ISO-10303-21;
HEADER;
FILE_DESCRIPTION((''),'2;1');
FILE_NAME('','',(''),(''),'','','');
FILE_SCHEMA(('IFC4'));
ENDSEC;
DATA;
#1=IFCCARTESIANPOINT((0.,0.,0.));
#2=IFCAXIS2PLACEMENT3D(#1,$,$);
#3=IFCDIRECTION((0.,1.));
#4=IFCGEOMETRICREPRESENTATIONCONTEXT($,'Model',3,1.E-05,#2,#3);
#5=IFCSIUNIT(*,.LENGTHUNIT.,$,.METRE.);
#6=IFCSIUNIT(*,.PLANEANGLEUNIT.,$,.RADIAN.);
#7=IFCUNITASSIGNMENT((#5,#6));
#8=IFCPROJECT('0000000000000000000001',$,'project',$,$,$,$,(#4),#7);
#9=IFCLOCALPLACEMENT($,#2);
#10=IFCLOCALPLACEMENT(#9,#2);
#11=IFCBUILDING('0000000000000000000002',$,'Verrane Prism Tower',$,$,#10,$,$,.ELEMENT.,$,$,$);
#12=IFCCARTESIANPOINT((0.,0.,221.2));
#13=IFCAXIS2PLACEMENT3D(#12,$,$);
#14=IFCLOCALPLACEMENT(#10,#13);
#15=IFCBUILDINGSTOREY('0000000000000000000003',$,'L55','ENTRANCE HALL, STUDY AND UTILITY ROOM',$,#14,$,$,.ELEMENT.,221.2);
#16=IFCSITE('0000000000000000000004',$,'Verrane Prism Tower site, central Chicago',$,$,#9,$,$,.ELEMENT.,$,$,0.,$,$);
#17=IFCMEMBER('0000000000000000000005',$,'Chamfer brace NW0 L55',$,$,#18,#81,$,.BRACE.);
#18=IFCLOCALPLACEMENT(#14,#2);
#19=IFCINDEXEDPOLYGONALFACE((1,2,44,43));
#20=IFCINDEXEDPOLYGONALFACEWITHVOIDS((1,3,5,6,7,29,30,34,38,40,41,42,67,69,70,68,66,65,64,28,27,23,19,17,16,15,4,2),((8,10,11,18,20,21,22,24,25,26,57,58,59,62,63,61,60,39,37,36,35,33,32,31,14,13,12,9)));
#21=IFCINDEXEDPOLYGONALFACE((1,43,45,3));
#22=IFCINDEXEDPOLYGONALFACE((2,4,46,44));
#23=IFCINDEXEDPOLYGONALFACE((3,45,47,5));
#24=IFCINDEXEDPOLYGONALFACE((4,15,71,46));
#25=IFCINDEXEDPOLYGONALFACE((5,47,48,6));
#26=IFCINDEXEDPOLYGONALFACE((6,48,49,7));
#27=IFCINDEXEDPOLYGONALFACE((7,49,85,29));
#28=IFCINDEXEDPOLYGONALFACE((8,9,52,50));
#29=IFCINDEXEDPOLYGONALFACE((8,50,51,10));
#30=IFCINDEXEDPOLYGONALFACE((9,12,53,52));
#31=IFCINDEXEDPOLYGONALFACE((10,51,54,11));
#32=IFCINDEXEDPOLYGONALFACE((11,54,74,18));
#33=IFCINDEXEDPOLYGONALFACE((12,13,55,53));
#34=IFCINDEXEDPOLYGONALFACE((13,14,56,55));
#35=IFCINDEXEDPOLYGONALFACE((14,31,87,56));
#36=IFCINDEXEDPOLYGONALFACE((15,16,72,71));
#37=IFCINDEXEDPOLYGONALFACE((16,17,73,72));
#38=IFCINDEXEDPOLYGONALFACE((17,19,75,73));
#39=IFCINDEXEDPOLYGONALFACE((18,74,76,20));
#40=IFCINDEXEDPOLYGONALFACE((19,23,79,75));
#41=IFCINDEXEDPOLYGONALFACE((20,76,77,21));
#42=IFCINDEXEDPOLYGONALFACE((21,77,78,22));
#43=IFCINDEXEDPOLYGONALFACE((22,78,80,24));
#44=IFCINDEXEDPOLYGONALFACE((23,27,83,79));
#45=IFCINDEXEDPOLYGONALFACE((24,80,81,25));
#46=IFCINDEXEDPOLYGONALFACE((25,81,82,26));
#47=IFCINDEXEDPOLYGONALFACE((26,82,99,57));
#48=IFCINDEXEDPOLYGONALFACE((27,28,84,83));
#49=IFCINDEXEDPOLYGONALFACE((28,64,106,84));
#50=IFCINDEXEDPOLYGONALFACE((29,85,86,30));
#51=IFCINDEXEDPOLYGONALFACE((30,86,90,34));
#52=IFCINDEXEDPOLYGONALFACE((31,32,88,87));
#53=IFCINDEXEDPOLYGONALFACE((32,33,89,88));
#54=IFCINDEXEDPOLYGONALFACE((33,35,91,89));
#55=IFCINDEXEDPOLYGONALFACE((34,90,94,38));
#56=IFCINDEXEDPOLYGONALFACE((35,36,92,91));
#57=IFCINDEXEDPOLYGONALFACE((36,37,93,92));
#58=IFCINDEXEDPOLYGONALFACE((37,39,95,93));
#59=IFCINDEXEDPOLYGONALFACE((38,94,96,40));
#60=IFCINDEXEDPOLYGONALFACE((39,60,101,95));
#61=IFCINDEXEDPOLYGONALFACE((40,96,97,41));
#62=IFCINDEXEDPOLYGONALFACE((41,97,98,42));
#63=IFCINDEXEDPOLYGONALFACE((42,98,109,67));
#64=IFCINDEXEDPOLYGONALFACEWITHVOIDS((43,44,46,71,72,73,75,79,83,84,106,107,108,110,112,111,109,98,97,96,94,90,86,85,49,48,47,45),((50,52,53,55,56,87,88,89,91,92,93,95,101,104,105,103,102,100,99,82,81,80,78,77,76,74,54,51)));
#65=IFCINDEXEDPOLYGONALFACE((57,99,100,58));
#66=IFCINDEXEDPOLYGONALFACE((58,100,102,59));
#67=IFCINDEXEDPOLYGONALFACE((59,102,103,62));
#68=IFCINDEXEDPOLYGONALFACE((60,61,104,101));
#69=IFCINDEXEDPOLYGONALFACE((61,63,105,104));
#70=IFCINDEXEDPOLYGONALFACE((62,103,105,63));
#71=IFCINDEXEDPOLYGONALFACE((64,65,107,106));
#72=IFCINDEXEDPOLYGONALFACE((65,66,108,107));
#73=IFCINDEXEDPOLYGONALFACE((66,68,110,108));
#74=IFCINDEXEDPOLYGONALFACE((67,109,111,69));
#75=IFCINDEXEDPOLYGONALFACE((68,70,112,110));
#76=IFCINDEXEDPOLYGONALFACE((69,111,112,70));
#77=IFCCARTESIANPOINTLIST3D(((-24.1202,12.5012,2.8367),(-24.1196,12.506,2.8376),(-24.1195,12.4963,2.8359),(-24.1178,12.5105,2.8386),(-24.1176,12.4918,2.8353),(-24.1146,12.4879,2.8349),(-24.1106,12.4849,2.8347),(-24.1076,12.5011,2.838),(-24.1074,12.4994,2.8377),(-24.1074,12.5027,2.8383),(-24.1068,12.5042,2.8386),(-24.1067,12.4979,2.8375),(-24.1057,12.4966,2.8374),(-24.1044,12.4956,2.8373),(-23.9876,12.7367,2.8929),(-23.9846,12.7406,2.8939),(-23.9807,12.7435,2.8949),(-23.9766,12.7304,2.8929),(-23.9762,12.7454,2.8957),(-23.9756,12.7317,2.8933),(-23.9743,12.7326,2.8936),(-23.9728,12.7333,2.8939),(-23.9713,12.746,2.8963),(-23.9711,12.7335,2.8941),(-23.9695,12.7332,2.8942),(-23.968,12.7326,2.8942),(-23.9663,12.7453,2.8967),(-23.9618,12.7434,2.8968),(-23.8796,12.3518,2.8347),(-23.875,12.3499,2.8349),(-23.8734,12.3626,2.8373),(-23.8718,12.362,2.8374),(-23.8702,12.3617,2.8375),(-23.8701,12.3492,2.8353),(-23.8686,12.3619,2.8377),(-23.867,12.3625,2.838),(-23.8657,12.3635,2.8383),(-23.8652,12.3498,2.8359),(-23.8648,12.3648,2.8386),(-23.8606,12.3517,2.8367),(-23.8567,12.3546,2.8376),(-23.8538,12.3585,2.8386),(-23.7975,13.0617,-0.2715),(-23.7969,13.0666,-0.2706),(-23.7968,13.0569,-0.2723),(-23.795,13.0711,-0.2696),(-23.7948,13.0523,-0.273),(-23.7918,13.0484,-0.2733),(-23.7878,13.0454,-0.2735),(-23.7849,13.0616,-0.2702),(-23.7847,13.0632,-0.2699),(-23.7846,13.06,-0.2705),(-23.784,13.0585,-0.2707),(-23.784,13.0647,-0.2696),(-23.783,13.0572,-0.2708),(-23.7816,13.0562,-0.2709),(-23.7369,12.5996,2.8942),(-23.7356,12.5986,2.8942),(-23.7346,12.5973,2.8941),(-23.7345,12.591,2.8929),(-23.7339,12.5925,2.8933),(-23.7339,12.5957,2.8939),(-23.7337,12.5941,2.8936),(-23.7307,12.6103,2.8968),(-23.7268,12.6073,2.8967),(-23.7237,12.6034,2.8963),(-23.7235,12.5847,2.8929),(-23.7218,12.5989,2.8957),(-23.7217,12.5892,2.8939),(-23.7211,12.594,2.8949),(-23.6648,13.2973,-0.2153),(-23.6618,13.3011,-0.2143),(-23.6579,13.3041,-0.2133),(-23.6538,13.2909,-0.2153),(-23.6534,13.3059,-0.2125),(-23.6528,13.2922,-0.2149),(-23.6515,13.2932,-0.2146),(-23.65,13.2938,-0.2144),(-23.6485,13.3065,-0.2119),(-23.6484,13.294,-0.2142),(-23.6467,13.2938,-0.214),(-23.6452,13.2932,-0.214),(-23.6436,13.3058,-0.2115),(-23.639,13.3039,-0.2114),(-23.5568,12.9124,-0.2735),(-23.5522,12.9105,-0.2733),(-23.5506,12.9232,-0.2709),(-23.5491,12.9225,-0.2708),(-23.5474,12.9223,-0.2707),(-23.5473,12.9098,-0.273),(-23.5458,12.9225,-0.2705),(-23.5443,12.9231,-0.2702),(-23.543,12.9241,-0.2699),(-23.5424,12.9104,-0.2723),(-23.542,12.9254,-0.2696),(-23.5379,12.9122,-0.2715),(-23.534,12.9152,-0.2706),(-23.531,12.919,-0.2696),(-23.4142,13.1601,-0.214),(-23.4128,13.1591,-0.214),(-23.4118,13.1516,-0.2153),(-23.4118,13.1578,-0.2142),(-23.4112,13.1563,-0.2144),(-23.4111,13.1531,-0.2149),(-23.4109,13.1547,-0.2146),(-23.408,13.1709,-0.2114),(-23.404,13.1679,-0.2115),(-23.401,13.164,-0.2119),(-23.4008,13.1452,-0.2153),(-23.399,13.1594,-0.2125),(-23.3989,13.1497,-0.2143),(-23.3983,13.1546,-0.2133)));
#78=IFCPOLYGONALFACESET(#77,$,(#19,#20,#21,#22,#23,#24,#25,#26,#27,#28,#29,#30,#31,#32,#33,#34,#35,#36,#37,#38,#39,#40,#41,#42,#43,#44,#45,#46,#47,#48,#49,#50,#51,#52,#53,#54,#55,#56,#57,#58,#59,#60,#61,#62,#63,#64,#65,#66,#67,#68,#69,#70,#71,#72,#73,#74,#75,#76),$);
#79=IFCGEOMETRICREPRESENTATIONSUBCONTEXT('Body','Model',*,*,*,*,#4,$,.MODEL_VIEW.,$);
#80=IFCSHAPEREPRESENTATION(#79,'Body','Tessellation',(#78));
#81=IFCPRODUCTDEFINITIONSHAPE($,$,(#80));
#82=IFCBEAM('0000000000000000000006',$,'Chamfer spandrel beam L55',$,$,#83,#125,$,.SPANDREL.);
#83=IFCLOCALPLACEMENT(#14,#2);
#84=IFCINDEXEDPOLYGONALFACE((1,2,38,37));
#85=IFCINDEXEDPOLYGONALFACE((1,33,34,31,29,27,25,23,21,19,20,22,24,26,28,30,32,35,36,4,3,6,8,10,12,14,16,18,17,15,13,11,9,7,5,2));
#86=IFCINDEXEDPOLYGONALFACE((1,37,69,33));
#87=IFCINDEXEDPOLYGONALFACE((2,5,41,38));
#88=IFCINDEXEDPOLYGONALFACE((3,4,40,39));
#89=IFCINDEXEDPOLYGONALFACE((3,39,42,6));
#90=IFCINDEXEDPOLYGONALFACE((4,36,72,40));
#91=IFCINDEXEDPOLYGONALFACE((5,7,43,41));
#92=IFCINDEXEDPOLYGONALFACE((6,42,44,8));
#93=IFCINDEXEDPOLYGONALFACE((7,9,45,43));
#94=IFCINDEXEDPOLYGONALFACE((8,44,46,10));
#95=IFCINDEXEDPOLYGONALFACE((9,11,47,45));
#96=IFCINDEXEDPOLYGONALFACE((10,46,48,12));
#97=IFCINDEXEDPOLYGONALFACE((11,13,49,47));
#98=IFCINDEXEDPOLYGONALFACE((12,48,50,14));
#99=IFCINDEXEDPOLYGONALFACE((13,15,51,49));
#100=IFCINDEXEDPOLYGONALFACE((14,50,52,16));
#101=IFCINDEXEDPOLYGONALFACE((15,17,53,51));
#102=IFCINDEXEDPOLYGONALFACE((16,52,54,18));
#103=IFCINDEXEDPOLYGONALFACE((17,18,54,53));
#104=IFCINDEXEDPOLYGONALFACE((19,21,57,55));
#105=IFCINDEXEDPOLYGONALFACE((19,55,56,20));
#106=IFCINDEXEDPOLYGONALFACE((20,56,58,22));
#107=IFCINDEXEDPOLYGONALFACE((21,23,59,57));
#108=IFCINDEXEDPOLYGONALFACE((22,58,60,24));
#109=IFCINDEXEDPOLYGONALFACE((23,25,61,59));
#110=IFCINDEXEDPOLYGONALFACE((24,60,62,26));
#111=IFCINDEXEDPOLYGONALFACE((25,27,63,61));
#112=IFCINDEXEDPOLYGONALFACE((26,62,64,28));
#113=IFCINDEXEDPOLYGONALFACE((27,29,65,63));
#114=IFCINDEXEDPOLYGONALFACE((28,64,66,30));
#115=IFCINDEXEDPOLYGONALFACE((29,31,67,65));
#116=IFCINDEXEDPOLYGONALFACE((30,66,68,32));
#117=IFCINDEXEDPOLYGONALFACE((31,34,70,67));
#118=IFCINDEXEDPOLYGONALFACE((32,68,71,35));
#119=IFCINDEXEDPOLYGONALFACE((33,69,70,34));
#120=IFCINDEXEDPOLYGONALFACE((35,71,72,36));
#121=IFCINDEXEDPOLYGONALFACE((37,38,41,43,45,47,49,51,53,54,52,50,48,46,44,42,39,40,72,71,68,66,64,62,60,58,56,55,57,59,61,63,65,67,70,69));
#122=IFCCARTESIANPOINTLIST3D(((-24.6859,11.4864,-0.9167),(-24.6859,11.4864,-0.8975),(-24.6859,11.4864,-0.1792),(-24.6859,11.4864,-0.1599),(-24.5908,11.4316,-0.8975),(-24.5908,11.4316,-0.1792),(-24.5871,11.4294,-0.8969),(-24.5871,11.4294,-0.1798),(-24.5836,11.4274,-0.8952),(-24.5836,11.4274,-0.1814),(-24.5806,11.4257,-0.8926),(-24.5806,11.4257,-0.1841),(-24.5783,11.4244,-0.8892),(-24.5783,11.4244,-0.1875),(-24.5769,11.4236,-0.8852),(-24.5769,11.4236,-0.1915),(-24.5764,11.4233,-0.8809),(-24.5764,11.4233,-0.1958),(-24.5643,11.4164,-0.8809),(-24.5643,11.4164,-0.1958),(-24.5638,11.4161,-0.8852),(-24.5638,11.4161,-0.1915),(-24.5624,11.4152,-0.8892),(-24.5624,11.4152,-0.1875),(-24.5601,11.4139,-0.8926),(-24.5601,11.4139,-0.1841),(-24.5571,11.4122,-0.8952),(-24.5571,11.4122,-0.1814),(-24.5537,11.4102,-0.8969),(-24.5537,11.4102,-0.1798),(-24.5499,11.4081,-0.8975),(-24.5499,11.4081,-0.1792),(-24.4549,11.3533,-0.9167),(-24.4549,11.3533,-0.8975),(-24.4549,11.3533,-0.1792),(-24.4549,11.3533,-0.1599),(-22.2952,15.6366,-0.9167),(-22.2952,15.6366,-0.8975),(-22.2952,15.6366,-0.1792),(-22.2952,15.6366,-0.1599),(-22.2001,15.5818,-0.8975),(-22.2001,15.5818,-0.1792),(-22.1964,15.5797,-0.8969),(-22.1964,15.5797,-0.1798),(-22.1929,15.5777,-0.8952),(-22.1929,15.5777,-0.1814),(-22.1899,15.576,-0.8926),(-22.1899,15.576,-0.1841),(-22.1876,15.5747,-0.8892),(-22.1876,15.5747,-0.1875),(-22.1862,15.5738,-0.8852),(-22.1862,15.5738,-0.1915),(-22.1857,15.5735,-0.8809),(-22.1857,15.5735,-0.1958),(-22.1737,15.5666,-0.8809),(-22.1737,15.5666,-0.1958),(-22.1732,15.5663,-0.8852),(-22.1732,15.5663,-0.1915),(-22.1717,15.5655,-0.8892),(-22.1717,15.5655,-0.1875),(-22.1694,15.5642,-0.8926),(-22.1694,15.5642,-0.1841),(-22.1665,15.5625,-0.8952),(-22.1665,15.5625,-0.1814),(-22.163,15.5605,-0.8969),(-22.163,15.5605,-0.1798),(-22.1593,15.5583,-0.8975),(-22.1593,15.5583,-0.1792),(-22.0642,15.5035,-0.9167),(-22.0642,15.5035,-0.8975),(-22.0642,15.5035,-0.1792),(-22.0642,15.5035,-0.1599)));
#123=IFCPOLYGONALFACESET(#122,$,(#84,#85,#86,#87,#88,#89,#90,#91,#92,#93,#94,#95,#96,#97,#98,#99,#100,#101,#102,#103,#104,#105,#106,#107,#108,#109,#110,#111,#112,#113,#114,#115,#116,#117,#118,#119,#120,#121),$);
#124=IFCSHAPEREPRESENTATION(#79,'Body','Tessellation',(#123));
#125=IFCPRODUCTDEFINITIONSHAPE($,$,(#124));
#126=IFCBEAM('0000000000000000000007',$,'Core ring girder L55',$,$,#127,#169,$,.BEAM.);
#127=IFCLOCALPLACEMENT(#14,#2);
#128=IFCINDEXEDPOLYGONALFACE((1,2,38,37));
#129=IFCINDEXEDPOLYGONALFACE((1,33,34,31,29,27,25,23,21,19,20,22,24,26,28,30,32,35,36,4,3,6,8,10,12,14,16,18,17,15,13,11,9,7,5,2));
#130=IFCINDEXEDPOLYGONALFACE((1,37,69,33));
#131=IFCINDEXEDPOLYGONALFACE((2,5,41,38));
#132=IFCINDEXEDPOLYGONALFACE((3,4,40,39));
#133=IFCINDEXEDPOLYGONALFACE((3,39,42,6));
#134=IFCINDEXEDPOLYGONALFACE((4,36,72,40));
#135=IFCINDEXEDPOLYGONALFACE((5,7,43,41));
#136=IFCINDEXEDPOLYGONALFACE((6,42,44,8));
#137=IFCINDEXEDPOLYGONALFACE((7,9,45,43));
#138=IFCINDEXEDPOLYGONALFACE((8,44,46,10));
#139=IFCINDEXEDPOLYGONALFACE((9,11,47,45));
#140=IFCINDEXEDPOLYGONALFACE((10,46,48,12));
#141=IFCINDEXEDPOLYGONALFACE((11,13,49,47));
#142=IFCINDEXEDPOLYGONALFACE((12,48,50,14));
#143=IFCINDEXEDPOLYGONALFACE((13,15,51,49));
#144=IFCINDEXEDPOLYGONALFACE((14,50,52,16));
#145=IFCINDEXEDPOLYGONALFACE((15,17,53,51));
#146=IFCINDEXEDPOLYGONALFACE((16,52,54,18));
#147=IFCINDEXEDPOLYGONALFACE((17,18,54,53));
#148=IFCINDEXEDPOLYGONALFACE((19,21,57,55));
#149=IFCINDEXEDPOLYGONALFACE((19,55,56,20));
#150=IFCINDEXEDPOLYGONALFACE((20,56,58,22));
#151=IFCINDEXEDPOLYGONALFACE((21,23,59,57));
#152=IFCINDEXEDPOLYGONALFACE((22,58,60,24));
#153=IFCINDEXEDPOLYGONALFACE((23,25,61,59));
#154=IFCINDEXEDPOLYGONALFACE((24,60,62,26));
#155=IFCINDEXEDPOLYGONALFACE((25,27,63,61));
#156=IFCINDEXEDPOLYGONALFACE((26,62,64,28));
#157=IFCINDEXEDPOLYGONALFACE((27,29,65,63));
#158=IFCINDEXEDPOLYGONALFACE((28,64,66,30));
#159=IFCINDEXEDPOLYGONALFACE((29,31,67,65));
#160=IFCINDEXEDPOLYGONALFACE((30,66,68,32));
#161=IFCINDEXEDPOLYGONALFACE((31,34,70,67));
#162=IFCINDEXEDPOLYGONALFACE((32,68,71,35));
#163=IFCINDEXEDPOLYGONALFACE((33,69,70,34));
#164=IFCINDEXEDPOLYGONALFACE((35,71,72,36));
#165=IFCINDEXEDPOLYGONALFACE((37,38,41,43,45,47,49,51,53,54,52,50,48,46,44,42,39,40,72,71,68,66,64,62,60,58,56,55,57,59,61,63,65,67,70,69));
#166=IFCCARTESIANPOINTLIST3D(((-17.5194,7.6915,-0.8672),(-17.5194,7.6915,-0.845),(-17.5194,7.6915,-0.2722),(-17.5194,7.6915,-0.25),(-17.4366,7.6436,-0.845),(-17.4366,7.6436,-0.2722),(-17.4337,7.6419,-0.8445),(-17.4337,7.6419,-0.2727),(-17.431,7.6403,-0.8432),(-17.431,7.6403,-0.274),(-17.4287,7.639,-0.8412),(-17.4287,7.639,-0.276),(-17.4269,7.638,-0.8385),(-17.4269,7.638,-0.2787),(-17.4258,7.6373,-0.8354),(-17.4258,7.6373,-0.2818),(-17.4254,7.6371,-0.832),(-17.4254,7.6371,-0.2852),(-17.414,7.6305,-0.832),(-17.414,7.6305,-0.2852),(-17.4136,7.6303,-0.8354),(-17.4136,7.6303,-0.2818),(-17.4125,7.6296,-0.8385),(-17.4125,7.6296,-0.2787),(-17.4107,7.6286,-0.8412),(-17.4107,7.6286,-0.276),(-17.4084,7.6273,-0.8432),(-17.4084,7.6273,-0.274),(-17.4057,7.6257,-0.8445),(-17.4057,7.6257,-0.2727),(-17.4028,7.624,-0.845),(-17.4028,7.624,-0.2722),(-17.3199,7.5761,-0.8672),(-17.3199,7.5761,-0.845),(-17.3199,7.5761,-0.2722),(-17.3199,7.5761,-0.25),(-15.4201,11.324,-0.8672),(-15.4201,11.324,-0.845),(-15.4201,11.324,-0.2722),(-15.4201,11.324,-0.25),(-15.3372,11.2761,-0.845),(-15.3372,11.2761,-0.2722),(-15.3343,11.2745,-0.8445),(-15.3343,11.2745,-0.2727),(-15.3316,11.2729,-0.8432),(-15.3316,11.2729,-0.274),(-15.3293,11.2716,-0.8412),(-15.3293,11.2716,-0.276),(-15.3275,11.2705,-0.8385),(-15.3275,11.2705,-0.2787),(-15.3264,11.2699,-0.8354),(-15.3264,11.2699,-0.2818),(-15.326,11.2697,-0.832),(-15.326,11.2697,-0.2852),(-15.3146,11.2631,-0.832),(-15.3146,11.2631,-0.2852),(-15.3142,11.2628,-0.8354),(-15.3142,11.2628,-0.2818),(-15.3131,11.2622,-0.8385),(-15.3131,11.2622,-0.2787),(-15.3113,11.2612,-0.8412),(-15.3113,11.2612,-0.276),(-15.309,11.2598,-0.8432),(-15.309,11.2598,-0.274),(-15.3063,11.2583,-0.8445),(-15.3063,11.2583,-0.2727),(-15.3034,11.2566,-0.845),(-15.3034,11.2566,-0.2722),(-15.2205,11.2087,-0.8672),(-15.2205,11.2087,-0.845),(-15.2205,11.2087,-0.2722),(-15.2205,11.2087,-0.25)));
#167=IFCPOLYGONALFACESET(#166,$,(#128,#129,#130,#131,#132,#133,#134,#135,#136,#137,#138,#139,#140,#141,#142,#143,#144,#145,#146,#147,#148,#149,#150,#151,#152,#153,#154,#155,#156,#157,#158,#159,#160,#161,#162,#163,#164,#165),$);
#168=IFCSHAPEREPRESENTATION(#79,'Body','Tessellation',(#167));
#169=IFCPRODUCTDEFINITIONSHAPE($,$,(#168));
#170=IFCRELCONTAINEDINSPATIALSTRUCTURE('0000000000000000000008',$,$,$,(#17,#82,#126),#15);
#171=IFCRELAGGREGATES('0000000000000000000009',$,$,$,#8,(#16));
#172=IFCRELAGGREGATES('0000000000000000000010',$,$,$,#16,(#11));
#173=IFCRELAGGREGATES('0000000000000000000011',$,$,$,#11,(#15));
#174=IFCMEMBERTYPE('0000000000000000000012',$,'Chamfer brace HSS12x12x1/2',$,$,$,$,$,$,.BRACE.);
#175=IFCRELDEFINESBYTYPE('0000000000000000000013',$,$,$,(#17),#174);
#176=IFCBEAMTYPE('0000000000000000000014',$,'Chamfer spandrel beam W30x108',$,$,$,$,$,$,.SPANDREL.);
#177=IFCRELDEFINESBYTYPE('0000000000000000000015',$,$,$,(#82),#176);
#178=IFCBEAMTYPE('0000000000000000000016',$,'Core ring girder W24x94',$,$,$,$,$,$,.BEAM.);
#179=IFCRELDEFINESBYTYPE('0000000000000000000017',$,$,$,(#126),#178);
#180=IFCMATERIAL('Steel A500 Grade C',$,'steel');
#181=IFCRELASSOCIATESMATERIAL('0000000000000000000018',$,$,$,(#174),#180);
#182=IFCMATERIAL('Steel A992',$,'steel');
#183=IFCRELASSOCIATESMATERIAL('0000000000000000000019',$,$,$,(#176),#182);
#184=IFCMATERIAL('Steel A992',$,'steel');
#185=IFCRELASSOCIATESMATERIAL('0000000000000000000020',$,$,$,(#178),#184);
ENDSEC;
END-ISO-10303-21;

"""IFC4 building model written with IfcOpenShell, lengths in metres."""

from ifc_helpers import new_model, si_unit, direction, frame, origin, origin_2d, place, context, subcontext, project, spatial, hollow_rectangle, i_section, extrude, material, material_profile, profile_set, type_object, element, save


model = new_model("IFC4")

# Units and contexts
model_context = context("Model", 3, precision=1e-05, world=origin(), true_north=direction((0.0, 1.0)))
body_context = subcontext(model_context, "Body", "Model", "MODEL_VIEW")
ifc_project = project(units=[si_unit("LENGTHUNIT", "METRE"), si_unit("PLANEANGLEUNIT", "RADIAN")], contexts=[model_context])

# Site, building, storey
site_placement = place(None, origin())
site = spatial("IfcSite", under=ifc_project, at=site_placement, Name="Verrane Prism Tower site, central Chicago", CompositionType="ELEMENT", RefElevation=0.0)
building_placement = place(site_placement, origin())
building = spatial("IfcBuilding", under=site, at=building_placement, Name="Verrane Prism Tower", CompositionType="ELEMENT")
storey_placement = place(building_placement, frame((0.0, 0.0, 221.2)))
storey = spatial("IfcBuildingStorey", under=building, at=storey_placement, Name="L55", Description="ENTRANCE HALL, STUDY AND UTILITY ROOM", CompositionType="ELEMENT", Elevation=221.2)

# Member
ifc_material_1 = material(Name="Steel A500 Grade C", Category="steel")
ifc_material_profile_1 = material_profile(ifc_material_1, hollow_rectangle(XDim=0.3047, YDim=0.3047, WallThickness=0.0127, InnerFilletRadius=0.0063, OuterFilletRadius=0.019, at=origin_2d()), Name="HSS12x12x1/2")
ifc_profile_set_1 = profile_set([ifc_material_profile_1], Name="Steel A500 Grade C")
member_type_1 = type_object("IfcMemberType", Name="Chamfer brace HSS12x12x1/2", PredefinedType="BRACE", material=ifc_profile_set_1)
member_1_placement = place(storey_placement, frame((-23.5979, 13.1082, -0.2424), z_axis=(-0.101663, -0.176564, 0.979025), x_axis=(0.866613, -0.498982, 0.0)))
element("IfcMember", 1, at=member_1_placement, inside=storey, type_object=member_type_1, Name="Chamfer brace NW0 L55", PredefinedType="BRACE", context=body_context, shape_type="SweptSolid", body=[
    extrude(hollow_rectangle(XDim=0.3047, YDim=0.3047, WallThickness=0.0127, InnerFilletRadius=0.0063, OuterFilletRadius=0.019, at=origin_2d()), origin(), (0.0, 0.0, 1.0), 3.1748),
])

# Beams
ifc_material_2 = material(Name="Steel A992", Category="steel")
ifc_material_profile_2 = material_profile(ifc_material_2, i_section(OverallWidth=0.2666, OverallDepth=0.7568, WebThickness=0.0139, FlangeThickness=0.0193, FilletRadius=0.0166, at=origin_2d()), Name="W30x108")
ifc_profile_set_2 = profile_set([ifc_material_profile_2], Name="Steel A992")
beam_type_1 = type_object("IfcBeamType", Name="Chamfer spandrel beam W30x108", PredefinedType="SPANDREL", material=ifc_profile_set_2)
beam_1_placement = place(storey_placement, frame((-22.1797, 15.5701, -0.5383), z_axis=(-0.499144, -0.866519, 0.0), x_axis=(0.866519, -0.499144, 0.0)))
element("IfcBeam", 2, at=beam_1_placement, inside=storey, type_object=beam_type_1, Name="Chamfer spandrel beam L55", PredefinedType="SPANDREL", context=body_context, shape_type="SweptSolid", body=[
    extrude(i_section(OverallWidth=0.2666, OverallDepth=0.7568, WebThickness=0.0139, FlangeThickness=0.0193, FilletRadius=0.0166, at=origin_2d()), origin(), (0.0, 0.0, 1.0), 4.7896),
])
ifc_material_3 = material(Name="Steel A992", Category="steel")
ifc_material_profile_3 = material_profile(ifc_material_3, i_section(OverallWidth=0.2305, OverallDepth=0.6172, WebThickness=0.0132, FlangeThickness=0.0222, FilletRadius=0.0129, at=origin_2d()), Name="W24x94")
ifc_profile_set_3 = profile_set([ifc_material_profile_3], Name="Steel A992")
beam_type_2 = type_object("IfcBeamType", Name="Core ring girder W24x94", PredefinedType="BEAM", material=ifc_profile_set_3)
beam_2_placement = place(storey_placement, frame((-15.3203, 11.2664, -0.5586), z_axis=(-0.500376, -0.865808, 0.0), x_axis=(0.865808, -0.500376, 0.0)))
element("IfcBeam", 3, at=beam_2_placement, inside=storey, type_object=beam_type_2, Name="Core ring girder L55", PredefinedType="BEAM", context=body_context, shape_type="SweptSolid", body=[
    extrude(i_section(OverallWidth=0.2305, OverallDepth=0.6172, WebThickness=0.0132, FlangeThickness=0.0222, FilletRadius=0.0129, at=origin_2d()), origin(), (0.0, 0.0, 1.0), 4.1956),
])

save(model, "model.ifc")
